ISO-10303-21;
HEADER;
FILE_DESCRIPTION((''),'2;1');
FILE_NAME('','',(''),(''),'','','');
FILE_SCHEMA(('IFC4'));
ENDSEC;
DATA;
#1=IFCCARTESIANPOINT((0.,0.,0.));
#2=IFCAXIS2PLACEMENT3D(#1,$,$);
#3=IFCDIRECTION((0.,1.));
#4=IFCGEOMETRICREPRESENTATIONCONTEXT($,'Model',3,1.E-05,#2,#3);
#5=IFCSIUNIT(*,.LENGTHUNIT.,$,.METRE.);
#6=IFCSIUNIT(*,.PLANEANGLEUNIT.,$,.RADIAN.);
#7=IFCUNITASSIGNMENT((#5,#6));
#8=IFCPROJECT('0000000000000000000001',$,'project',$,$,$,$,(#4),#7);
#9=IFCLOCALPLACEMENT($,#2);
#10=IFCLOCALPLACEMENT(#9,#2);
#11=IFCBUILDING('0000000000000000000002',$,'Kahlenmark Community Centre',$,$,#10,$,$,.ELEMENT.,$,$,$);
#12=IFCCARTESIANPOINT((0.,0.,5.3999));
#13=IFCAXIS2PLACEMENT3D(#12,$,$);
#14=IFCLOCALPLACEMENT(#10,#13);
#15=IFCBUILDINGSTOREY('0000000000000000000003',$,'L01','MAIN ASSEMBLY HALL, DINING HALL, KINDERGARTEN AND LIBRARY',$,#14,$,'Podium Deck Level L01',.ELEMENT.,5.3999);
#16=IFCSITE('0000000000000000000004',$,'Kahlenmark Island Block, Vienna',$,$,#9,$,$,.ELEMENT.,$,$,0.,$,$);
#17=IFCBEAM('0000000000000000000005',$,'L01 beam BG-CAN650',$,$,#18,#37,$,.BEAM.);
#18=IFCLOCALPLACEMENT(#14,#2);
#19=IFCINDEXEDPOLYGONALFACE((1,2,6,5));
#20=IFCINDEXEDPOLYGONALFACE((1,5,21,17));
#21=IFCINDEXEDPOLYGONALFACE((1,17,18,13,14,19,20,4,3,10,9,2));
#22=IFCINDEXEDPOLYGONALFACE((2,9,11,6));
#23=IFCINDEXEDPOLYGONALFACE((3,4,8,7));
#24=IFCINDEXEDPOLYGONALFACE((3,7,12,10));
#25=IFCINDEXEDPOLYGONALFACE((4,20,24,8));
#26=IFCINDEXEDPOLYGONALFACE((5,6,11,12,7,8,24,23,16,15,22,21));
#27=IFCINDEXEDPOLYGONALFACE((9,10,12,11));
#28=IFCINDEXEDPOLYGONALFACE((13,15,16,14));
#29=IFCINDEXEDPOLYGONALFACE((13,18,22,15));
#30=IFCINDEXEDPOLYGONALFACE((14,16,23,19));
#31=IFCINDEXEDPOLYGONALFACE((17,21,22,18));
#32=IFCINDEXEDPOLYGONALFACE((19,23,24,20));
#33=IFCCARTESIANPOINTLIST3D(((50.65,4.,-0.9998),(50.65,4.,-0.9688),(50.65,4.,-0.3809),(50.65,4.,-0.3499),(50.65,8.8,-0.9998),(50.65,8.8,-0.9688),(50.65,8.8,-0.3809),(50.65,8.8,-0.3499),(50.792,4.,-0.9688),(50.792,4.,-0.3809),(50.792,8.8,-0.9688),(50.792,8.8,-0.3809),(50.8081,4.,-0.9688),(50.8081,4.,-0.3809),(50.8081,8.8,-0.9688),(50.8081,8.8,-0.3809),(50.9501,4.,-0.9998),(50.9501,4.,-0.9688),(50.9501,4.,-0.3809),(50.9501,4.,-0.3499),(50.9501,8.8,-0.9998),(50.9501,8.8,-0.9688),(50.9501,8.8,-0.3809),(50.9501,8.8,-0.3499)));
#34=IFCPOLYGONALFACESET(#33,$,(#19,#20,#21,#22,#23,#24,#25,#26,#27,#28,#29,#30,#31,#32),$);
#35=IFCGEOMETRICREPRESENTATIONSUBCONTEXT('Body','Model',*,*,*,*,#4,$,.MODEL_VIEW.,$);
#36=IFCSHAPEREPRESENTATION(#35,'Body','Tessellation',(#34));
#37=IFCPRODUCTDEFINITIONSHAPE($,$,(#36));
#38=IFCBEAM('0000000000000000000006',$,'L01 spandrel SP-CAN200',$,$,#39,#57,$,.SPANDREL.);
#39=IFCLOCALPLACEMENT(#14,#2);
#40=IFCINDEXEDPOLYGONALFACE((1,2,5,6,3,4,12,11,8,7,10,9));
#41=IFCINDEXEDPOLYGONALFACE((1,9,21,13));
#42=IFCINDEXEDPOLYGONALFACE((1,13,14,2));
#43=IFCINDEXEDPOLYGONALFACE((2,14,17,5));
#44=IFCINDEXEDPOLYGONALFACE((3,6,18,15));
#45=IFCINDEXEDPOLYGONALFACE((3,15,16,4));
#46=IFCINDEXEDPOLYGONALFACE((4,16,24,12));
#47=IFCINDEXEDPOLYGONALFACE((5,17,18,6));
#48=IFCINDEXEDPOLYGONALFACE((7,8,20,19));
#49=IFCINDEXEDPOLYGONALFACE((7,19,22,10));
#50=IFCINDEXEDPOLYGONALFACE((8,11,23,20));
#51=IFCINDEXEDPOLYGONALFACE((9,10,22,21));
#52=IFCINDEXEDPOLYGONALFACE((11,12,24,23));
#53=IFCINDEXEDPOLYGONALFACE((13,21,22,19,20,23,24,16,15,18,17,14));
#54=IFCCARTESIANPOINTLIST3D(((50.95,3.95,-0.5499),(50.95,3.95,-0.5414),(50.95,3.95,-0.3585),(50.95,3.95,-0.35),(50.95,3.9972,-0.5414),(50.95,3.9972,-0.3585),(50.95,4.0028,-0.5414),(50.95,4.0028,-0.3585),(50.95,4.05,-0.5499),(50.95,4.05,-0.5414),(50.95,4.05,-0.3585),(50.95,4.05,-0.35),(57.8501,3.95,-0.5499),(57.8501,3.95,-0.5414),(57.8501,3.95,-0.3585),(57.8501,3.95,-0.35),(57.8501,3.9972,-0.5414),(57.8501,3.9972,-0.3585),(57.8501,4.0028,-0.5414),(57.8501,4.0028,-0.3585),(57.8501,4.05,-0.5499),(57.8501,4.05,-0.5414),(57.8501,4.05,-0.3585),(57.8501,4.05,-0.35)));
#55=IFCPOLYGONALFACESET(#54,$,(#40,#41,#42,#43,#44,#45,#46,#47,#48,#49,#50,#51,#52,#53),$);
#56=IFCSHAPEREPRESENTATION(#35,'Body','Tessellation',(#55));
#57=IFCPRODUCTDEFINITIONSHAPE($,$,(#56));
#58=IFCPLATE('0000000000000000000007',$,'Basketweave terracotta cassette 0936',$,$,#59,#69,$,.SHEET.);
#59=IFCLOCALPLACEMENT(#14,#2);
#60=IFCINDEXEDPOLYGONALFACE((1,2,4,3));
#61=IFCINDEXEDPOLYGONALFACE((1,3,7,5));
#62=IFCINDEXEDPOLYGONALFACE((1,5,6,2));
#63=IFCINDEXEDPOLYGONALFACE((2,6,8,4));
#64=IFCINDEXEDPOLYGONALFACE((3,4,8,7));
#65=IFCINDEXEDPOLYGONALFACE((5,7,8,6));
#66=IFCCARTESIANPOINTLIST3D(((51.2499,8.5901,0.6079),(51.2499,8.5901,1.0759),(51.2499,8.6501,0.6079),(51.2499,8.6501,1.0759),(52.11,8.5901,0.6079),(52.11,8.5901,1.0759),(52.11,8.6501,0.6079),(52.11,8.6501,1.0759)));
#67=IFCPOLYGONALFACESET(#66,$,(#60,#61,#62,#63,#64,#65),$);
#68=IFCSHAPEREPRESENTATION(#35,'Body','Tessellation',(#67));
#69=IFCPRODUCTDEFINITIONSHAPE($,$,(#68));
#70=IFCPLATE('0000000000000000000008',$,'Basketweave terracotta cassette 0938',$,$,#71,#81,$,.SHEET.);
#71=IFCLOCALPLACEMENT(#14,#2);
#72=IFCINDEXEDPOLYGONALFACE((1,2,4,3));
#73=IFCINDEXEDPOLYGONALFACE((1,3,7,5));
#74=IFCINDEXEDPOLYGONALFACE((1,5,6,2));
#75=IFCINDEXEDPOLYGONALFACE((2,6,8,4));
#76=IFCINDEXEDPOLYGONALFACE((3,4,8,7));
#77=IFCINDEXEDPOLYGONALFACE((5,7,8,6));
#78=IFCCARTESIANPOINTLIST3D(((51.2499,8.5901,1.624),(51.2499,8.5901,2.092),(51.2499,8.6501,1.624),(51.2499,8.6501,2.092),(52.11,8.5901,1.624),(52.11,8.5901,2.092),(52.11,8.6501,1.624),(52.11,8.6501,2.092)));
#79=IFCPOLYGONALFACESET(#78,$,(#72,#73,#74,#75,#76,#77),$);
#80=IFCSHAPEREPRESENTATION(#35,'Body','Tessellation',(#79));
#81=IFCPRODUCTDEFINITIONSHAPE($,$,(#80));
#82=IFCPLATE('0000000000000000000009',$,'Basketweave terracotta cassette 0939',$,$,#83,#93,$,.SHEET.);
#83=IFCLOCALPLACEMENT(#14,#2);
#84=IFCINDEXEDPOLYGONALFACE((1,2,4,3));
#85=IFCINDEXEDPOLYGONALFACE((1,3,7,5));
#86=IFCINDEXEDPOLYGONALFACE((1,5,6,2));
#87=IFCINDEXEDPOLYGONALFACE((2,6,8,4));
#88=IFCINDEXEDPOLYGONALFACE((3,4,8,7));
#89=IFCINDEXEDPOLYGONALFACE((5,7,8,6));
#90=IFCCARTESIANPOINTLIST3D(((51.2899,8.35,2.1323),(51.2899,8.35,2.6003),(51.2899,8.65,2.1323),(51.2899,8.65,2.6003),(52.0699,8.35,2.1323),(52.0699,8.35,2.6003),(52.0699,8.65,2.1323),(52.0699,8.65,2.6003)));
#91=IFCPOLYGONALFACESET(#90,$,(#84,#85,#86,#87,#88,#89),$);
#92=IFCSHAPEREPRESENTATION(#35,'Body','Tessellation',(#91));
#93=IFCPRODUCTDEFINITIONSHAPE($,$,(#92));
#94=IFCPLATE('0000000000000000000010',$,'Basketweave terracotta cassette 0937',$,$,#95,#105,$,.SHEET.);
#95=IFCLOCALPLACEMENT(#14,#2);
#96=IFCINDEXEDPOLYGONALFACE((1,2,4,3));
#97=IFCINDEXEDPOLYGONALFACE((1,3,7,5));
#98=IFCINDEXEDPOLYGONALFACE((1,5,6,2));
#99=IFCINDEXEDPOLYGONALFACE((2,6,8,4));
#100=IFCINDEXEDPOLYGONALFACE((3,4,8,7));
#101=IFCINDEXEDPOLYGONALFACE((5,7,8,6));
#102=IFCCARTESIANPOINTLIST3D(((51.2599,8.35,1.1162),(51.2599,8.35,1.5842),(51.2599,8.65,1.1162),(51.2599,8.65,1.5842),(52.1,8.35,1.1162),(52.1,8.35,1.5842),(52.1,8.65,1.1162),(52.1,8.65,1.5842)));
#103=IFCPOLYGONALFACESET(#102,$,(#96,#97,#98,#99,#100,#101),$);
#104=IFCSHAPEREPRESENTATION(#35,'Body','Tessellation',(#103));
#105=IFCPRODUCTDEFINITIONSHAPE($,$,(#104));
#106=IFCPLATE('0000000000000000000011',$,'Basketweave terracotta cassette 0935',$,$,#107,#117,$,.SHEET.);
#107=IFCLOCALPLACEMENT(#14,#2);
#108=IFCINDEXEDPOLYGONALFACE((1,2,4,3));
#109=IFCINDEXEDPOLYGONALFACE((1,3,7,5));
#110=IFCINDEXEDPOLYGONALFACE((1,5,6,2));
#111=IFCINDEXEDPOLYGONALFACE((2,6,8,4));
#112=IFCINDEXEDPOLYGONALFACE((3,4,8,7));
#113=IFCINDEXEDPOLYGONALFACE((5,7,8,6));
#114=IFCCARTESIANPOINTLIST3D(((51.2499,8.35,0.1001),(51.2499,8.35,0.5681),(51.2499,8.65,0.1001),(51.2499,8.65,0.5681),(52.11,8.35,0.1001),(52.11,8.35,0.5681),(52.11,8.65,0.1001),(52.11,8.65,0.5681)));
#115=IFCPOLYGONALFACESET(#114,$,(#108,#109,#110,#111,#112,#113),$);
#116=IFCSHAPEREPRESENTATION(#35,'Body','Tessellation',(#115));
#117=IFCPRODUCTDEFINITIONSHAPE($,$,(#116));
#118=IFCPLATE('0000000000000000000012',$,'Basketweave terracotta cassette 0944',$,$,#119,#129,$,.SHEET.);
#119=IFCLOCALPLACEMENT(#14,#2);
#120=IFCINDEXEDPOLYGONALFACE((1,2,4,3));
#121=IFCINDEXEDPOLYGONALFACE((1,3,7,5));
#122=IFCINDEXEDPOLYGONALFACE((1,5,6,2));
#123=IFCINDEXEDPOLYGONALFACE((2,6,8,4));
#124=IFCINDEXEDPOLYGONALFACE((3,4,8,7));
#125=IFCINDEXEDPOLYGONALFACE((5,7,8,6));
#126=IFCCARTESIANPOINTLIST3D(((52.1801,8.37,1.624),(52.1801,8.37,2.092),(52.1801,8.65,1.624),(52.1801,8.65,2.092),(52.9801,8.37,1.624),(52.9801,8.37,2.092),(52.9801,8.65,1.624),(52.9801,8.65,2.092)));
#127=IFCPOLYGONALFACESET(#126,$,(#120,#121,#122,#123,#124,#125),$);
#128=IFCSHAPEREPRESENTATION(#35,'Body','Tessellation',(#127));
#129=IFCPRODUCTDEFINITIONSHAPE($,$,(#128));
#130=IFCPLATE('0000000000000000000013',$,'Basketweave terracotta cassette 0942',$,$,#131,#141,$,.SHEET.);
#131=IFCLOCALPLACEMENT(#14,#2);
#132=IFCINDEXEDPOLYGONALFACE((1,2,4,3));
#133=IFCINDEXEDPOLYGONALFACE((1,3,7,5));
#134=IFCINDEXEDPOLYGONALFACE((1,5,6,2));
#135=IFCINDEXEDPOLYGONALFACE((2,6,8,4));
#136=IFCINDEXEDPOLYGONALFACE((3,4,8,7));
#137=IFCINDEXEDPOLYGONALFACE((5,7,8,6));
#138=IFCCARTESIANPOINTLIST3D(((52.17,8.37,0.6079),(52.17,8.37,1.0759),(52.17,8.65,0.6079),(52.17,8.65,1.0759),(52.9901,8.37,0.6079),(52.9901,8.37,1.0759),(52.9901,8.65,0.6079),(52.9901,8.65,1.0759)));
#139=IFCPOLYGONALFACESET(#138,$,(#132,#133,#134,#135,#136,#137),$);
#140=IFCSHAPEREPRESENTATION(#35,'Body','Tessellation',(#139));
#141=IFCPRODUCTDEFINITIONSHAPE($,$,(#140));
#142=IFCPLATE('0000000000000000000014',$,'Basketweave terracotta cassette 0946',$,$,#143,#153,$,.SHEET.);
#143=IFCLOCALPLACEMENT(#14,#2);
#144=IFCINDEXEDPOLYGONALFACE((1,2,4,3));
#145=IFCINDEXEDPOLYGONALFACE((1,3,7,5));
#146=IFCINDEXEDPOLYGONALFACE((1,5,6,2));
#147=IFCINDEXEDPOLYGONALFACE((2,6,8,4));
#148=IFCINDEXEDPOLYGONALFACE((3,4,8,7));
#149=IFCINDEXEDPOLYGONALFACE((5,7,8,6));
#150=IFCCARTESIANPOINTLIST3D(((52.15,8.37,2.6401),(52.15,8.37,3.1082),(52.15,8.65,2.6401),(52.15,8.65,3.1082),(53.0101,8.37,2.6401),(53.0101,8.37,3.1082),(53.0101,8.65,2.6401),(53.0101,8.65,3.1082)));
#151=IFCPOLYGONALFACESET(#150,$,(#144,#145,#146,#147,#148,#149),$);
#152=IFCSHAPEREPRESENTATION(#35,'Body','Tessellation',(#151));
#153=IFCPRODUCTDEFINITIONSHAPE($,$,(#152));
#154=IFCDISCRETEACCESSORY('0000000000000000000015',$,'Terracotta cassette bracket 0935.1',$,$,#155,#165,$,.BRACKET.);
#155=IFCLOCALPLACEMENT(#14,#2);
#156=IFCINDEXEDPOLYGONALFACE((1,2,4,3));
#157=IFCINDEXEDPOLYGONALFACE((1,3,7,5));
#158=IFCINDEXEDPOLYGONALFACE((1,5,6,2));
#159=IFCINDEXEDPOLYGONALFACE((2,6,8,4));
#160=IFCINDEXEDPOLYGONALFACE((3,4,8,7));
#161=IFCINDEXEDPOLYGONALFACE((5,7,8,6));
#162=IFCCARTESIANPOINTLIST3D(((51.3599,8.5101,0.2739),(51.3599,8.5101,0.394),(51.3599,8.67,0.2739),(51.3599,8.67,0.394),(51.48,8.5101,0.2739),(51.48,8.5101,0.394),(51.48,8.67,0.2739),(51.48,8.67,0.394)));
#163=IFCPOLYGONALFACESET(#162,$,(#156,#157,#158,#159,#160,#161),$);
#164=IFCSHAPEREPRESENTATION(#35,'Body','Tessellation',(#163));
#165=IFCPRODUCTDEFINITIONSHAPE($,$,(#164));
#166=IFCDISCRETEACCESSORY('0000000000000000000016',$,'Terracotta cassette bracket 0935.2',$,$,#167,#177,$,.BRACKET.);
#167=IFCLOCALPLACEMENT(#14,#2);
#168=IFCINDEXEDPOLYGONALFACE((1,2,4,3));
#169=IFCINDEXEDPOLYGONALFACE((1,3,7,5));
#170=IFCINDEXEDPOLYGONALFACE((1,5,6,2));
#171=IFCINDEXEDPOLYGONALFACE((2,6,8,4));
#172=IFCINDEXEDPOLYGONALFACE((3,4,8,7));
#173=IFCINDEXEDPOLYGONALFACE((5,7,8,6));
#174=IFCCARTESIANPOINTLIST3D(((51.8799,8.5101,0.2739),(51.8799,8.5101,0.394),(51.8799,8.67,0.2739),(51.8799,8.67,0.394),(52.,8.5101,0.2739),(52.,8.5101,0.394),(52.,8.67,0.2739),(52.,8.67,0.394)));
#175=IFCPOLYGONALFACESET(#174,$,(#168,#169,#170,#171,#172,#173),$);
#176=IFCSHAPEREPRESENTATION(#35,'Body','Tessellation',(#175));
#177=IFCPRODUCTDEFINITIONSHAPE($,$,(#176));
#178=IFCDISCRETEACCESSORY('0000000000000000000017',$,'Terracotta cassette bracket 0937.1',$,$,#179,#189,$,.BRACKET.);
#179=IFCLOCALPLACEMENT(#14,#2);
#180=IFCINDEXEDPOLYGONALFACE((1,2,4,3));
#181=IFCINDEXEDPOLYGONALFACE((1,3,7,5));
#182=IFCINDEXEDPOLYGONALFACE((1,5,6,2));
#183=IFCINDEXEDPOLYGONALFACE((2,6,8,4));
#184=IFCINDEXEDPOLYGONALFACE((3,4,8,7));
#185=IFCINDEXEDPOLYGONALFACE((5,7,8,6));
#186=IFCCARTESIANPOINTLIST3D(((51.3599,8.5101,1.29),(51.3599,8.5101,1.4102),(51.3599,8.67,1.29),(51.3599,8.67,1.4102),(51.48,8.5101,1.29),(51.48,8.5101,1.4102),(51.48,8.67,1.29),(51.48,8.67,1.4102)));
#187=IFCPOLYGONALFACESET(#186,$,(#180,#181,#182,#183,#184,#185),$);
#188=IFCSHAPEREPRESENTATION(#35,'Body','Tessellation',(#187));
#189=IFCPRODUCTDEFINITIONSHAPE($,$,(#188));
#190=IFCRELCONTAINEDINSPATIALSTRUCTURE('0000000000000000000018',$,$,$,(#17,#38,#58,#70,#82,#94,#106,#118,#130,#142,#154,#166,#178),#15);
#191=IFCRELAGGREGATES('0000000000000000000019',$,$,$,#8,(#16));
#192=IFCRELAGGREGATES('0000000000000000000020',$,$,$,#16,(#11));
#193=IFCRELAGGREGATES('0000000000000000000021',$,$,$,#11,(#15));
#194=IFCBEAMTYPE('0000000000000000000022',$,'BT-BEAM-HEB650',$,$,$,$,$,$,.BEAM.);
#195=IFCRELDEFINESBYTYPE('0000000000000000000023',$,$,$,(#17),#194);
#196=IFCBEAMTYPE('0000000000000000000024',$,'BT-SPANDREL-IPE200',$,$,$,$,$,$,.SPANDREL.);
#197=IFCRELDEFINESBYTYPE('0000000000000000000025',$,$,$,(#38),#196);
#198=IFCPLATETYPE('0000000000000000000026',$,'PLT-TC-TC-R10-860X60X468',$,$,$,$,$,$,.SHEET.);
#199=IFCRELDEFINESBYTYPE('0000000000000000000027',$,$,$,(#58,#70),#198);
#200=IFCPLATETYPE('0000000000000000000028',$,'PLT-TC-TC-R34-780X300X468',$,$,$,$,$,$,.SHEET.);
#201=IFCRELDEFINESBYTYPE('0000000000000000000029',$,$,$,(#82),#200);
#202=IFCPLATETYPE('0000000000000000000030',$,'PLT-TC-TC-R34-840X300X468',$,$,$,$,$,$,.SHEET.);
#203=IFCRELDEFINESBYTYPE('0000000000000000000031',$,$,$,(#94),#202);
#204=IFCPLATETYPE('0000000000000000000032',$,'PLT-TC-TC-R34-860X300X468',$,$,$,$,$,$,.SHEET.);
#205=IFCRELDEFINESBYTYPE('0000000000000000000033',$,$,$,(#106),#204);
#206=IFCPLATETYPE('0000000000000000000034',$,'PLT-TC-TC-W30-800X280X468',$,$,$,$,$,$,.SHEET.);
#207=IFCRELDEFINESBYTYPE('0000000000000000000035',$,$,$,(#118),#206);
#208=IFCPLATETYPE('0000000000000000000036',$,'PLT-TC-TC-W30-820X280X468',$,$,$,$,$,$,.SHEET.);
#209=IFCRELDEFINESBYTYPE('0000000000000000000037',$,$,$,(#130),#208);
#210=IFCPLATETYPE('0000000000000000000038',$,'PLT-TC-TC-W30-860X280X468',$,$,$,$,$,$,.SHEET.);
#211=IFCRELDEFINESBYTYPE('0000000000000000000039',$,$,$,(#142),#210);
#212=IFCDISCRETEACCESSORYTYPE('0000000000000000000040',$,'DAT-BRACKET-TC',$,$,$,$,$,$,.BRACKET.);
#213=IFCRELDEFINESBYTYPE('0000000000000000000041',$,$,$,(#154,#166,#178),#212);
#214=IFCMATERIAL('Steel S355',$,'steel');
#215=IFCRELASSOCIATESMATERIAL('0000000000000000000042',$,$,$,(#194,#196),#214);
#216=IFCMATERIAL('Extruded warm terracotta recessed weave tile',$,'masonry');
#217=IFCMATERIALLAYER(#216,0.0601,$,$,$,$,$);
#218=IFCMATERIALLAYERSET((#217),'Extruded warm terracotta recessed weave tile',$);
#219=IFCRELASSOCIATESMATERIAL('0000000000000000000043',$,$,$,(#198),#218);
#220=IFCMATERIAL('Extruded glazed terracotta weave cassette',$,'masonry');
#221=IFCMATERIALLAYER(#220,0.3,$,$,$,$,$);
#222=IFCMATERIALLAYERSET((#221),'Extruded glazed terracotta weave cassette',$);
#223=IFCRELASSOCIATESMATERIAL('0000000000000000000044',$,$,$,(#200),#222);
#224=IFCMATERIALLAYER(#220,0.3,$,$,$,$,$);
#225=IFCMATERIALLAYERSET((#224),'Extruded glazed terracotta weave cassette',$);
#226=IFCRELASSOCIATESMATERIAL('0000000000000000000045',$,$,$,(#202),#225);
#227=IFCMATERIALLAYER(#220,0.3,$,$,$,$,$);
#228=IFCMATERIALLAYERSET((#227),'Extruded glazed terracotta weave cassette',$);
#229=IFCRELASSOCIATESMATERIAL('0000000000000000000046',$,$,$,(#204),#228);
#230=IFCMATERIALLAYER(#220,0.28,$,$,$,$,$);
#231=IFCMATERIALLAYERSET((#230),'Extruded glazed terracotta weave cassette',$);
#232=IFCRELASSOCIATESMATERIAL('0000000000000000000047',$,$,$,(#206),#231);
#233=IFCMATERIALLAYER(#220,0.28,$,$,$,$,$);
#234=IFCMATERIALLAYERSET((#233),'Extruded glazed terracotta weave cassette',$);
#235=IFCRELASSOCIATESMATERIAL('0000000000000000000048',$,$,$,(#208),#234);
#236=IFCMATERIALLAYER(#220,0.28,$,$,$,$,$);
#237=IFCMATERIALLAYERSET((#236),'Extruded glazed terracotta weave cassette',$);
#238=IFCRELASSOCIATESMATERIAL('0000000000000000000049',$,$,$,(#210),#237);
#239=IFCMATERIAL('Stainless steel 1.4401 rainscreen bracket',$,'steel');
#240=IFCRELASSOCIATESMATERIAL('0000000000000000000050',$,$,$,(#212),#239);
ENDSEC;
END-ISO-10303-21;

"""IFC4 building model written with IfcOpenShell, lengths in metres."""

from ifc_helpers import new_model, si_unit, direction, frame, origin, origin_2d, place, context, subcontext, project, spatial, rectangle, i_section, extrude, material, layer, layer_set, material_profile, profile_set, type_object, element, save


model = new_model("IFC4")

# Units and contexts
model_context = context("Model", 3, precision=1e-05, world=origin(), true_north=direction((0.0, 1.0)))
body_context = subcontext(model_context, "Body", "Model", "MODEL_VIEW")
ifc_project = project(units=[si_unit("LENGTHUNIT", "METRE"), si_unit("PLANEANGLEUNIT", "RADIAN")], contexts=[model_context])

# Site, building, storey
site_placement = place(None, origin())
site = spatial("IfcSite", under=ifc_project, at=site_placement, Name="Kahlenmark Island Block, Vienna", CompositionType="ELEMENT", RefElevation=0.0)
building_placement = place(site_placement, origin())
building = spatial("IfcBuilding", under=site, at=building_placement, Name="Kahlenmark Community Centre", CompositionType="ELEMENT")
storey_placement = place(building_placement, frame((0.0, 0.0, 5.3999)))
storey = spatial("IfcBuildingStorey", under=building, at=storey_placement, Name="L01", Description="MAIN ASSEMBLY HALL, DINING HALL, KINDERGARTEN AND LIBRARY", LongName="Podium Deck Level L01", CompositionType="ELEMENT", Elevation=5.3999)

# Beams
ifc_material_1 = material(Name="Steel S355", Category="steel")
ifc_material_profile_1 = material_profile(ifc_material_1, i_section(OverallWidth=0.3, OverallDepth=0.6499, WebThickness=0.0161, FlangeThickness=0.031, at=origin_2d()), Name="HEB 650")
ifc_profile_set_1 = profile_set([ifc_material_profile_1], Name="Steel S355")
beam_type_1 = type_object("IfcBeamType", Name="BT-BEAM-HEB650", PredefinedType="BEAM", material=ifc_profile_set_1)
beam_1_placement = place(storey_placement, frame((50.8, 4.0, -0.6748), z_axis=(0.0, 1.0, 0.0), x_axis=(-1.0, 0.0, 0.0)))
element("IfcBeam", 1, at=beam_1_placement, inside=storey, type_object=beam_type_1, Name="L01 beam BG-CAN650", PredefinedType="BEAM", context=body_context, shape_type="SweptSolid", body=[
    extrude(i_section(OverallWidth=0.3, OverallDepth=0.6499, WebThickness=0.0161, FlangeThickness=0.031, at=origin_2d()), origin(), (0.0, 0.0, 1.0), 4.8),
])
ifc_material_profile_2 = material_profile(ifc_material_1, i_section(OverallWidth=0.1001, OverallDepth=0.2, WebThickness=0.0056, FlangeThickness=0.0085, at=origin_2d()), Name="IPE 200")
ifc_profile_set_2 = profile_set([ifc_material_profile_2], Name="Steel S355")
beam_type_2 = type_object("IfcBeamType", Name="BT-SPANDREL-IPE200", PredefinedType="SPANDREL", material=ifc_profile_set_2)
beam_2_placement = place(storey_placement, frame((50.95, 4.0, -0.45), z_axis=(1.0, 0.0, 0.0), x_axis=(0.0, 1.0, 0.0)))
element("IfcBeam", 2, at=beam_2_placement, inside=storey, type_object=beam_type_2, Name="L01 spandrel SP-CAN200", PredefinedType="SPANDREL", context=body_context, shape_type="SweptSolid", body=[
    extrude(i_section(OverallWidth=0.1001, OverallDepth=0.2, WebThickness=0.0056, FlangeThickness=0.0085, at=origin_2d()), origin(), (0.0, 0.0, 1.0), 6.9001),
])

# Plates
ifc_material_2 = material(Name="Extruded warm terracotta recessed weave tile", Category="masonry")
ifc_layer_1 = layer(ifc_material_2, 0.0601)
ifc_layer_set_1 = layer_set([ifc_layer_1], Name="Extruded warm terracotta recessed weave tile")
plate_type_1 = type_object("IfcPlateType", Name="PLT-TC-TC-R10-860X60X468", PredefinedType="SHEET", material=ifc_layer_set_1)
for number, where, z_axis, x_axis, name in (
    (3, (51.6799, 8.6201, 0.6079), (0.0, 0.0, 1.0), (1.0, 0.0, 0.0), "Basketweave terracotta cassette 0936"),
    (4, (51.6799, 8.6201, 1.624), (0.0, 0.0, 1.0), (1.0, 0.0, 0.0), "Basketweave terracotta cassette 0938"),
):
    element("IfcPlate", number, at=place(storey_placement, frame(where, z_axis=z_axis, x_axis=x_axis)), inside=storey, type_object=plate_type_1, Name=name, PredefinedType="SHEET", context=body_context, shape_type="SweptSolid", body=[
        extrude(rectangle(XDim=0.8601, YDim=0.0601, at=origin_2d()), origin(), (0.0, 0.0, 1.0), 0.468),
    ])
ifc_material_3 = material(Name="Extruded glazed terracotta weave cassette", Category="masonry")
ifc_layer_2 = layer(ifc_material_3, 0.3)
ifc_layer_set_2 = layer_set([ifc_layer_2], Name="Extruded glazed terracotta weave cassette")
plate_type_2 = type_object("IfcPlateType", Name="PLT-TC-TC-R34-780X300X468", PredefinedType="SHEET", material=ifc_layer_set_2)
plate_1_placement = place(storey_placement, frame((51.6799, 8.5, 2.1323), z_axis=(0.0, 0.0, 1.0), x_axis=(1.0, 0.0, 0.0)))
element("IfcPlate", 5, at=plate_1_placement, inside=storey, type_object=plate_type_2, Name="Basketweave terracotta cassette 0939", PredefinedType="SHEET", context=body_context, shape_type="SweptSolid", body=[
    extrude(rectangle(XDim=0.78, YDim=0.3, at=origin_2d()), origin(), (0.0, 0.0, 1.0), 0.468),
])
ifc_layer_3 = layer(ifc_material_3, 0.3)
ifc_layer_set_3 = layer_set([ifc_layer_3], Name="Extruded glazed terracotta weave cassette")
plate_type_3 = type_object("IfcPlateType", Name="PLT-TC-TC-R34-840X300X468", PredefinedType="SHEET", material=ifc_layer_set_3)
plate_2_placement = place(storey_placement, frame((51.6799, 8.5, 1.1162), z_axis=(0.0, 0.0, 1.0), x_axis=(1.0, 0.0, 0.0)))
element("IfcPlate", 6, at=plate_2_placement, inside=storey, type_object=plate_type_3, Name="Basketweave terracotta cassette 0937", PredefinedType="SHEET", context=body_context, shape_type="SweptSolid", body=[
    extrude(rectangle(XDim=0.8401, YDim=0.3, at=origin_2d()), origin(), (0.0, 0.0, 1.0), 0.468),
])
ifc_layer_4 = layer(ifc_material_3, 0.3)
ifc_layer_set_4 = layer_set([ifc_layer_4], Name="Extruded glazed terracotta weave cassette")
plate_type_4 = type_object("IfcPlateType", Name="PLT-TC-TC-R34-860X300X468", PredefinedType="SHEET", material=ifc_layer_set_4)
plate_3_placement = place(storey_placement, frame((51.6799, 8.5, 0.1001), z_axis=(0.0, 0.0, 1.0), x_axis=(1.0, 0.0, 0.0)))
element("IfcPlate", 7, at=plate_3_placement, inside=storey, type_object=plate_type_4, Name="Basketweave terracotta cassette 0935", PredefinedType="SHEET", context=body_context, shape_type="SweptSolid", body=[
    extrude(rectangle(XDim=0.8601, YDim=0.3, at=origin_2d()), origin(), (0.0, 0.0, 1.0), 0.468),
])
ifc_layer_5 = layer(ifc_material_3, 0.28)
ifc_layer_set_5 = layer_set([ifc_layer_5], Name="Extruded glazed terracotta weave cassette")
plate_type_5 = type_object("IfcPlateType", Name="PLT-TC-TC-W30-800X280X468", PredefinedType="SHEET", material=ifc_layer_set_5)
plate_4_placement = place(storey_placement, frame((52.5801, 8.51, 1.624), z_axis=(0.0, 0.0, 1.0), x_axis=(1.0, 0.0, 0.0)))
element("IfcPlate", 8, at=plate_4_placement, inside=storey, type_object=plate_type_5, Name="Basketweave terracotta cassette 0944", PredefinedType="SHEET", context=body_context, shape_type="SweptSolid", body=[
    extrude(rectangle(XDim=0.8, YDim=0.28, at=origin_2d()), origin(), (0.0, 0.0, 1.0), 0.468),
])
ifc_layer_6 = layer(ifc_material_3, 0.28)
ifc_layer_set_6 = layer_set([ifc_layer_6], Name="Extruded glazed terracotta weave cassette")
plate_type_6 = type_object("IfcPlateType", Name="PLT-TC-TC-W30-820X280X468", PredefinedType="SHEET", material=ifc_layer_set_6)
plate_5_placement = place(storey_placement, frame((52.5801, 8.51, 0.6079), z_axis=(0.0, 0.0, 1.0), x_axis=(1.0, 0.0, 0.0)))
element("IfcPlate", 9, at=plate_5_placement, inside=storey, type_object=plate_type_6, Name="Basketweave terracotta cassette 0942", PredefinedType="SHEET", context=body_context, shape_type="SweptSolid", body=[
    extrude(rectangle(XDim=0.8201, YDim=0.28, at=origin_2d()), origin(), (0.0, 0.0, 1.0), 0.468),
])
ifc_layer_7 = layer(ifc_material_3, 0.28)
ifc_layer_set_7 = layer_set([ifc_layer_7], Name="Extruded glazed terracotta weave cassette")
plate_type_7 = type_object("IfcPlateType", Name="PLT-TC-TC-W30-860X280X468", PredefinedType="SHEET", material=ifc_layer_set_7)
plate_6_placement = place(storey_placement, frame((52.5801, 8.51, 2.6401), z_axis=(0.0, 0.0, 1.0), x_axis=(1.0, 0.0, 0.0)))
element("IfcPlate", 10, at=plate_6_placement, inside=storey, type_object=plate_type_7, Name="Basketweave terracotta cassette 0946", PredefinedType="SHEET", context=body_context, shape_type="SweptSolid", body=[
    extrude(rectangle(XDim=0.8601, YDim=0.28, at=origin_2d()), origin(), (0.0, 0.0, 1.0), 0.468),
])

# Discrete accessories
ifc_material_4 = material(Name="Stainless steel 1.4401 rainscreen bracket", Category="steel")
discrete_accessory_type = type_object("IfcDiscreteAccessoryType", Name="DAT-BRACKET-TC", PredefinedType="BRACKET", material=ifc_material_4)
for number, where, z_axis, x_axis, name in (
    (11, (51.4199, 8.5901, 0.2739), (0.0, 0.0, 1.0), (1.0, 0.0, 0.0), "Terracotta cassette bracket 0935.1"),
    (12, (51.9399, 8.5901, 0.2739), (0.0, 0.0, 1.0), (1.0, 0.0, 0.0), "Terracotta cassette bracket 0935.2"),
    (13, (51.4199, 8.5901, 1.29), (0.0, 0.0, 1.0), (1.0, 0.0, 0.0), "Terracotta cassette bracket 0937.1"),
):
    element("IfcDiscreteAccessory", number, at=place(storey_placement, frame(where, z_axis=z_axis, x_axis=x_axis)), inside=storey, type_object=discrete_accessory_type, Name=name, PredefinedType="BRACKET", context=body_context, shape_type="SweptSolid", body=[
        extrude(rectangle(XDim=0.1201, YDim=0.1599, at=origin_2d()), origin(), (0.0, 0.0, 1.0), 0.1201),
    ])

save(model, "model.ifc")
